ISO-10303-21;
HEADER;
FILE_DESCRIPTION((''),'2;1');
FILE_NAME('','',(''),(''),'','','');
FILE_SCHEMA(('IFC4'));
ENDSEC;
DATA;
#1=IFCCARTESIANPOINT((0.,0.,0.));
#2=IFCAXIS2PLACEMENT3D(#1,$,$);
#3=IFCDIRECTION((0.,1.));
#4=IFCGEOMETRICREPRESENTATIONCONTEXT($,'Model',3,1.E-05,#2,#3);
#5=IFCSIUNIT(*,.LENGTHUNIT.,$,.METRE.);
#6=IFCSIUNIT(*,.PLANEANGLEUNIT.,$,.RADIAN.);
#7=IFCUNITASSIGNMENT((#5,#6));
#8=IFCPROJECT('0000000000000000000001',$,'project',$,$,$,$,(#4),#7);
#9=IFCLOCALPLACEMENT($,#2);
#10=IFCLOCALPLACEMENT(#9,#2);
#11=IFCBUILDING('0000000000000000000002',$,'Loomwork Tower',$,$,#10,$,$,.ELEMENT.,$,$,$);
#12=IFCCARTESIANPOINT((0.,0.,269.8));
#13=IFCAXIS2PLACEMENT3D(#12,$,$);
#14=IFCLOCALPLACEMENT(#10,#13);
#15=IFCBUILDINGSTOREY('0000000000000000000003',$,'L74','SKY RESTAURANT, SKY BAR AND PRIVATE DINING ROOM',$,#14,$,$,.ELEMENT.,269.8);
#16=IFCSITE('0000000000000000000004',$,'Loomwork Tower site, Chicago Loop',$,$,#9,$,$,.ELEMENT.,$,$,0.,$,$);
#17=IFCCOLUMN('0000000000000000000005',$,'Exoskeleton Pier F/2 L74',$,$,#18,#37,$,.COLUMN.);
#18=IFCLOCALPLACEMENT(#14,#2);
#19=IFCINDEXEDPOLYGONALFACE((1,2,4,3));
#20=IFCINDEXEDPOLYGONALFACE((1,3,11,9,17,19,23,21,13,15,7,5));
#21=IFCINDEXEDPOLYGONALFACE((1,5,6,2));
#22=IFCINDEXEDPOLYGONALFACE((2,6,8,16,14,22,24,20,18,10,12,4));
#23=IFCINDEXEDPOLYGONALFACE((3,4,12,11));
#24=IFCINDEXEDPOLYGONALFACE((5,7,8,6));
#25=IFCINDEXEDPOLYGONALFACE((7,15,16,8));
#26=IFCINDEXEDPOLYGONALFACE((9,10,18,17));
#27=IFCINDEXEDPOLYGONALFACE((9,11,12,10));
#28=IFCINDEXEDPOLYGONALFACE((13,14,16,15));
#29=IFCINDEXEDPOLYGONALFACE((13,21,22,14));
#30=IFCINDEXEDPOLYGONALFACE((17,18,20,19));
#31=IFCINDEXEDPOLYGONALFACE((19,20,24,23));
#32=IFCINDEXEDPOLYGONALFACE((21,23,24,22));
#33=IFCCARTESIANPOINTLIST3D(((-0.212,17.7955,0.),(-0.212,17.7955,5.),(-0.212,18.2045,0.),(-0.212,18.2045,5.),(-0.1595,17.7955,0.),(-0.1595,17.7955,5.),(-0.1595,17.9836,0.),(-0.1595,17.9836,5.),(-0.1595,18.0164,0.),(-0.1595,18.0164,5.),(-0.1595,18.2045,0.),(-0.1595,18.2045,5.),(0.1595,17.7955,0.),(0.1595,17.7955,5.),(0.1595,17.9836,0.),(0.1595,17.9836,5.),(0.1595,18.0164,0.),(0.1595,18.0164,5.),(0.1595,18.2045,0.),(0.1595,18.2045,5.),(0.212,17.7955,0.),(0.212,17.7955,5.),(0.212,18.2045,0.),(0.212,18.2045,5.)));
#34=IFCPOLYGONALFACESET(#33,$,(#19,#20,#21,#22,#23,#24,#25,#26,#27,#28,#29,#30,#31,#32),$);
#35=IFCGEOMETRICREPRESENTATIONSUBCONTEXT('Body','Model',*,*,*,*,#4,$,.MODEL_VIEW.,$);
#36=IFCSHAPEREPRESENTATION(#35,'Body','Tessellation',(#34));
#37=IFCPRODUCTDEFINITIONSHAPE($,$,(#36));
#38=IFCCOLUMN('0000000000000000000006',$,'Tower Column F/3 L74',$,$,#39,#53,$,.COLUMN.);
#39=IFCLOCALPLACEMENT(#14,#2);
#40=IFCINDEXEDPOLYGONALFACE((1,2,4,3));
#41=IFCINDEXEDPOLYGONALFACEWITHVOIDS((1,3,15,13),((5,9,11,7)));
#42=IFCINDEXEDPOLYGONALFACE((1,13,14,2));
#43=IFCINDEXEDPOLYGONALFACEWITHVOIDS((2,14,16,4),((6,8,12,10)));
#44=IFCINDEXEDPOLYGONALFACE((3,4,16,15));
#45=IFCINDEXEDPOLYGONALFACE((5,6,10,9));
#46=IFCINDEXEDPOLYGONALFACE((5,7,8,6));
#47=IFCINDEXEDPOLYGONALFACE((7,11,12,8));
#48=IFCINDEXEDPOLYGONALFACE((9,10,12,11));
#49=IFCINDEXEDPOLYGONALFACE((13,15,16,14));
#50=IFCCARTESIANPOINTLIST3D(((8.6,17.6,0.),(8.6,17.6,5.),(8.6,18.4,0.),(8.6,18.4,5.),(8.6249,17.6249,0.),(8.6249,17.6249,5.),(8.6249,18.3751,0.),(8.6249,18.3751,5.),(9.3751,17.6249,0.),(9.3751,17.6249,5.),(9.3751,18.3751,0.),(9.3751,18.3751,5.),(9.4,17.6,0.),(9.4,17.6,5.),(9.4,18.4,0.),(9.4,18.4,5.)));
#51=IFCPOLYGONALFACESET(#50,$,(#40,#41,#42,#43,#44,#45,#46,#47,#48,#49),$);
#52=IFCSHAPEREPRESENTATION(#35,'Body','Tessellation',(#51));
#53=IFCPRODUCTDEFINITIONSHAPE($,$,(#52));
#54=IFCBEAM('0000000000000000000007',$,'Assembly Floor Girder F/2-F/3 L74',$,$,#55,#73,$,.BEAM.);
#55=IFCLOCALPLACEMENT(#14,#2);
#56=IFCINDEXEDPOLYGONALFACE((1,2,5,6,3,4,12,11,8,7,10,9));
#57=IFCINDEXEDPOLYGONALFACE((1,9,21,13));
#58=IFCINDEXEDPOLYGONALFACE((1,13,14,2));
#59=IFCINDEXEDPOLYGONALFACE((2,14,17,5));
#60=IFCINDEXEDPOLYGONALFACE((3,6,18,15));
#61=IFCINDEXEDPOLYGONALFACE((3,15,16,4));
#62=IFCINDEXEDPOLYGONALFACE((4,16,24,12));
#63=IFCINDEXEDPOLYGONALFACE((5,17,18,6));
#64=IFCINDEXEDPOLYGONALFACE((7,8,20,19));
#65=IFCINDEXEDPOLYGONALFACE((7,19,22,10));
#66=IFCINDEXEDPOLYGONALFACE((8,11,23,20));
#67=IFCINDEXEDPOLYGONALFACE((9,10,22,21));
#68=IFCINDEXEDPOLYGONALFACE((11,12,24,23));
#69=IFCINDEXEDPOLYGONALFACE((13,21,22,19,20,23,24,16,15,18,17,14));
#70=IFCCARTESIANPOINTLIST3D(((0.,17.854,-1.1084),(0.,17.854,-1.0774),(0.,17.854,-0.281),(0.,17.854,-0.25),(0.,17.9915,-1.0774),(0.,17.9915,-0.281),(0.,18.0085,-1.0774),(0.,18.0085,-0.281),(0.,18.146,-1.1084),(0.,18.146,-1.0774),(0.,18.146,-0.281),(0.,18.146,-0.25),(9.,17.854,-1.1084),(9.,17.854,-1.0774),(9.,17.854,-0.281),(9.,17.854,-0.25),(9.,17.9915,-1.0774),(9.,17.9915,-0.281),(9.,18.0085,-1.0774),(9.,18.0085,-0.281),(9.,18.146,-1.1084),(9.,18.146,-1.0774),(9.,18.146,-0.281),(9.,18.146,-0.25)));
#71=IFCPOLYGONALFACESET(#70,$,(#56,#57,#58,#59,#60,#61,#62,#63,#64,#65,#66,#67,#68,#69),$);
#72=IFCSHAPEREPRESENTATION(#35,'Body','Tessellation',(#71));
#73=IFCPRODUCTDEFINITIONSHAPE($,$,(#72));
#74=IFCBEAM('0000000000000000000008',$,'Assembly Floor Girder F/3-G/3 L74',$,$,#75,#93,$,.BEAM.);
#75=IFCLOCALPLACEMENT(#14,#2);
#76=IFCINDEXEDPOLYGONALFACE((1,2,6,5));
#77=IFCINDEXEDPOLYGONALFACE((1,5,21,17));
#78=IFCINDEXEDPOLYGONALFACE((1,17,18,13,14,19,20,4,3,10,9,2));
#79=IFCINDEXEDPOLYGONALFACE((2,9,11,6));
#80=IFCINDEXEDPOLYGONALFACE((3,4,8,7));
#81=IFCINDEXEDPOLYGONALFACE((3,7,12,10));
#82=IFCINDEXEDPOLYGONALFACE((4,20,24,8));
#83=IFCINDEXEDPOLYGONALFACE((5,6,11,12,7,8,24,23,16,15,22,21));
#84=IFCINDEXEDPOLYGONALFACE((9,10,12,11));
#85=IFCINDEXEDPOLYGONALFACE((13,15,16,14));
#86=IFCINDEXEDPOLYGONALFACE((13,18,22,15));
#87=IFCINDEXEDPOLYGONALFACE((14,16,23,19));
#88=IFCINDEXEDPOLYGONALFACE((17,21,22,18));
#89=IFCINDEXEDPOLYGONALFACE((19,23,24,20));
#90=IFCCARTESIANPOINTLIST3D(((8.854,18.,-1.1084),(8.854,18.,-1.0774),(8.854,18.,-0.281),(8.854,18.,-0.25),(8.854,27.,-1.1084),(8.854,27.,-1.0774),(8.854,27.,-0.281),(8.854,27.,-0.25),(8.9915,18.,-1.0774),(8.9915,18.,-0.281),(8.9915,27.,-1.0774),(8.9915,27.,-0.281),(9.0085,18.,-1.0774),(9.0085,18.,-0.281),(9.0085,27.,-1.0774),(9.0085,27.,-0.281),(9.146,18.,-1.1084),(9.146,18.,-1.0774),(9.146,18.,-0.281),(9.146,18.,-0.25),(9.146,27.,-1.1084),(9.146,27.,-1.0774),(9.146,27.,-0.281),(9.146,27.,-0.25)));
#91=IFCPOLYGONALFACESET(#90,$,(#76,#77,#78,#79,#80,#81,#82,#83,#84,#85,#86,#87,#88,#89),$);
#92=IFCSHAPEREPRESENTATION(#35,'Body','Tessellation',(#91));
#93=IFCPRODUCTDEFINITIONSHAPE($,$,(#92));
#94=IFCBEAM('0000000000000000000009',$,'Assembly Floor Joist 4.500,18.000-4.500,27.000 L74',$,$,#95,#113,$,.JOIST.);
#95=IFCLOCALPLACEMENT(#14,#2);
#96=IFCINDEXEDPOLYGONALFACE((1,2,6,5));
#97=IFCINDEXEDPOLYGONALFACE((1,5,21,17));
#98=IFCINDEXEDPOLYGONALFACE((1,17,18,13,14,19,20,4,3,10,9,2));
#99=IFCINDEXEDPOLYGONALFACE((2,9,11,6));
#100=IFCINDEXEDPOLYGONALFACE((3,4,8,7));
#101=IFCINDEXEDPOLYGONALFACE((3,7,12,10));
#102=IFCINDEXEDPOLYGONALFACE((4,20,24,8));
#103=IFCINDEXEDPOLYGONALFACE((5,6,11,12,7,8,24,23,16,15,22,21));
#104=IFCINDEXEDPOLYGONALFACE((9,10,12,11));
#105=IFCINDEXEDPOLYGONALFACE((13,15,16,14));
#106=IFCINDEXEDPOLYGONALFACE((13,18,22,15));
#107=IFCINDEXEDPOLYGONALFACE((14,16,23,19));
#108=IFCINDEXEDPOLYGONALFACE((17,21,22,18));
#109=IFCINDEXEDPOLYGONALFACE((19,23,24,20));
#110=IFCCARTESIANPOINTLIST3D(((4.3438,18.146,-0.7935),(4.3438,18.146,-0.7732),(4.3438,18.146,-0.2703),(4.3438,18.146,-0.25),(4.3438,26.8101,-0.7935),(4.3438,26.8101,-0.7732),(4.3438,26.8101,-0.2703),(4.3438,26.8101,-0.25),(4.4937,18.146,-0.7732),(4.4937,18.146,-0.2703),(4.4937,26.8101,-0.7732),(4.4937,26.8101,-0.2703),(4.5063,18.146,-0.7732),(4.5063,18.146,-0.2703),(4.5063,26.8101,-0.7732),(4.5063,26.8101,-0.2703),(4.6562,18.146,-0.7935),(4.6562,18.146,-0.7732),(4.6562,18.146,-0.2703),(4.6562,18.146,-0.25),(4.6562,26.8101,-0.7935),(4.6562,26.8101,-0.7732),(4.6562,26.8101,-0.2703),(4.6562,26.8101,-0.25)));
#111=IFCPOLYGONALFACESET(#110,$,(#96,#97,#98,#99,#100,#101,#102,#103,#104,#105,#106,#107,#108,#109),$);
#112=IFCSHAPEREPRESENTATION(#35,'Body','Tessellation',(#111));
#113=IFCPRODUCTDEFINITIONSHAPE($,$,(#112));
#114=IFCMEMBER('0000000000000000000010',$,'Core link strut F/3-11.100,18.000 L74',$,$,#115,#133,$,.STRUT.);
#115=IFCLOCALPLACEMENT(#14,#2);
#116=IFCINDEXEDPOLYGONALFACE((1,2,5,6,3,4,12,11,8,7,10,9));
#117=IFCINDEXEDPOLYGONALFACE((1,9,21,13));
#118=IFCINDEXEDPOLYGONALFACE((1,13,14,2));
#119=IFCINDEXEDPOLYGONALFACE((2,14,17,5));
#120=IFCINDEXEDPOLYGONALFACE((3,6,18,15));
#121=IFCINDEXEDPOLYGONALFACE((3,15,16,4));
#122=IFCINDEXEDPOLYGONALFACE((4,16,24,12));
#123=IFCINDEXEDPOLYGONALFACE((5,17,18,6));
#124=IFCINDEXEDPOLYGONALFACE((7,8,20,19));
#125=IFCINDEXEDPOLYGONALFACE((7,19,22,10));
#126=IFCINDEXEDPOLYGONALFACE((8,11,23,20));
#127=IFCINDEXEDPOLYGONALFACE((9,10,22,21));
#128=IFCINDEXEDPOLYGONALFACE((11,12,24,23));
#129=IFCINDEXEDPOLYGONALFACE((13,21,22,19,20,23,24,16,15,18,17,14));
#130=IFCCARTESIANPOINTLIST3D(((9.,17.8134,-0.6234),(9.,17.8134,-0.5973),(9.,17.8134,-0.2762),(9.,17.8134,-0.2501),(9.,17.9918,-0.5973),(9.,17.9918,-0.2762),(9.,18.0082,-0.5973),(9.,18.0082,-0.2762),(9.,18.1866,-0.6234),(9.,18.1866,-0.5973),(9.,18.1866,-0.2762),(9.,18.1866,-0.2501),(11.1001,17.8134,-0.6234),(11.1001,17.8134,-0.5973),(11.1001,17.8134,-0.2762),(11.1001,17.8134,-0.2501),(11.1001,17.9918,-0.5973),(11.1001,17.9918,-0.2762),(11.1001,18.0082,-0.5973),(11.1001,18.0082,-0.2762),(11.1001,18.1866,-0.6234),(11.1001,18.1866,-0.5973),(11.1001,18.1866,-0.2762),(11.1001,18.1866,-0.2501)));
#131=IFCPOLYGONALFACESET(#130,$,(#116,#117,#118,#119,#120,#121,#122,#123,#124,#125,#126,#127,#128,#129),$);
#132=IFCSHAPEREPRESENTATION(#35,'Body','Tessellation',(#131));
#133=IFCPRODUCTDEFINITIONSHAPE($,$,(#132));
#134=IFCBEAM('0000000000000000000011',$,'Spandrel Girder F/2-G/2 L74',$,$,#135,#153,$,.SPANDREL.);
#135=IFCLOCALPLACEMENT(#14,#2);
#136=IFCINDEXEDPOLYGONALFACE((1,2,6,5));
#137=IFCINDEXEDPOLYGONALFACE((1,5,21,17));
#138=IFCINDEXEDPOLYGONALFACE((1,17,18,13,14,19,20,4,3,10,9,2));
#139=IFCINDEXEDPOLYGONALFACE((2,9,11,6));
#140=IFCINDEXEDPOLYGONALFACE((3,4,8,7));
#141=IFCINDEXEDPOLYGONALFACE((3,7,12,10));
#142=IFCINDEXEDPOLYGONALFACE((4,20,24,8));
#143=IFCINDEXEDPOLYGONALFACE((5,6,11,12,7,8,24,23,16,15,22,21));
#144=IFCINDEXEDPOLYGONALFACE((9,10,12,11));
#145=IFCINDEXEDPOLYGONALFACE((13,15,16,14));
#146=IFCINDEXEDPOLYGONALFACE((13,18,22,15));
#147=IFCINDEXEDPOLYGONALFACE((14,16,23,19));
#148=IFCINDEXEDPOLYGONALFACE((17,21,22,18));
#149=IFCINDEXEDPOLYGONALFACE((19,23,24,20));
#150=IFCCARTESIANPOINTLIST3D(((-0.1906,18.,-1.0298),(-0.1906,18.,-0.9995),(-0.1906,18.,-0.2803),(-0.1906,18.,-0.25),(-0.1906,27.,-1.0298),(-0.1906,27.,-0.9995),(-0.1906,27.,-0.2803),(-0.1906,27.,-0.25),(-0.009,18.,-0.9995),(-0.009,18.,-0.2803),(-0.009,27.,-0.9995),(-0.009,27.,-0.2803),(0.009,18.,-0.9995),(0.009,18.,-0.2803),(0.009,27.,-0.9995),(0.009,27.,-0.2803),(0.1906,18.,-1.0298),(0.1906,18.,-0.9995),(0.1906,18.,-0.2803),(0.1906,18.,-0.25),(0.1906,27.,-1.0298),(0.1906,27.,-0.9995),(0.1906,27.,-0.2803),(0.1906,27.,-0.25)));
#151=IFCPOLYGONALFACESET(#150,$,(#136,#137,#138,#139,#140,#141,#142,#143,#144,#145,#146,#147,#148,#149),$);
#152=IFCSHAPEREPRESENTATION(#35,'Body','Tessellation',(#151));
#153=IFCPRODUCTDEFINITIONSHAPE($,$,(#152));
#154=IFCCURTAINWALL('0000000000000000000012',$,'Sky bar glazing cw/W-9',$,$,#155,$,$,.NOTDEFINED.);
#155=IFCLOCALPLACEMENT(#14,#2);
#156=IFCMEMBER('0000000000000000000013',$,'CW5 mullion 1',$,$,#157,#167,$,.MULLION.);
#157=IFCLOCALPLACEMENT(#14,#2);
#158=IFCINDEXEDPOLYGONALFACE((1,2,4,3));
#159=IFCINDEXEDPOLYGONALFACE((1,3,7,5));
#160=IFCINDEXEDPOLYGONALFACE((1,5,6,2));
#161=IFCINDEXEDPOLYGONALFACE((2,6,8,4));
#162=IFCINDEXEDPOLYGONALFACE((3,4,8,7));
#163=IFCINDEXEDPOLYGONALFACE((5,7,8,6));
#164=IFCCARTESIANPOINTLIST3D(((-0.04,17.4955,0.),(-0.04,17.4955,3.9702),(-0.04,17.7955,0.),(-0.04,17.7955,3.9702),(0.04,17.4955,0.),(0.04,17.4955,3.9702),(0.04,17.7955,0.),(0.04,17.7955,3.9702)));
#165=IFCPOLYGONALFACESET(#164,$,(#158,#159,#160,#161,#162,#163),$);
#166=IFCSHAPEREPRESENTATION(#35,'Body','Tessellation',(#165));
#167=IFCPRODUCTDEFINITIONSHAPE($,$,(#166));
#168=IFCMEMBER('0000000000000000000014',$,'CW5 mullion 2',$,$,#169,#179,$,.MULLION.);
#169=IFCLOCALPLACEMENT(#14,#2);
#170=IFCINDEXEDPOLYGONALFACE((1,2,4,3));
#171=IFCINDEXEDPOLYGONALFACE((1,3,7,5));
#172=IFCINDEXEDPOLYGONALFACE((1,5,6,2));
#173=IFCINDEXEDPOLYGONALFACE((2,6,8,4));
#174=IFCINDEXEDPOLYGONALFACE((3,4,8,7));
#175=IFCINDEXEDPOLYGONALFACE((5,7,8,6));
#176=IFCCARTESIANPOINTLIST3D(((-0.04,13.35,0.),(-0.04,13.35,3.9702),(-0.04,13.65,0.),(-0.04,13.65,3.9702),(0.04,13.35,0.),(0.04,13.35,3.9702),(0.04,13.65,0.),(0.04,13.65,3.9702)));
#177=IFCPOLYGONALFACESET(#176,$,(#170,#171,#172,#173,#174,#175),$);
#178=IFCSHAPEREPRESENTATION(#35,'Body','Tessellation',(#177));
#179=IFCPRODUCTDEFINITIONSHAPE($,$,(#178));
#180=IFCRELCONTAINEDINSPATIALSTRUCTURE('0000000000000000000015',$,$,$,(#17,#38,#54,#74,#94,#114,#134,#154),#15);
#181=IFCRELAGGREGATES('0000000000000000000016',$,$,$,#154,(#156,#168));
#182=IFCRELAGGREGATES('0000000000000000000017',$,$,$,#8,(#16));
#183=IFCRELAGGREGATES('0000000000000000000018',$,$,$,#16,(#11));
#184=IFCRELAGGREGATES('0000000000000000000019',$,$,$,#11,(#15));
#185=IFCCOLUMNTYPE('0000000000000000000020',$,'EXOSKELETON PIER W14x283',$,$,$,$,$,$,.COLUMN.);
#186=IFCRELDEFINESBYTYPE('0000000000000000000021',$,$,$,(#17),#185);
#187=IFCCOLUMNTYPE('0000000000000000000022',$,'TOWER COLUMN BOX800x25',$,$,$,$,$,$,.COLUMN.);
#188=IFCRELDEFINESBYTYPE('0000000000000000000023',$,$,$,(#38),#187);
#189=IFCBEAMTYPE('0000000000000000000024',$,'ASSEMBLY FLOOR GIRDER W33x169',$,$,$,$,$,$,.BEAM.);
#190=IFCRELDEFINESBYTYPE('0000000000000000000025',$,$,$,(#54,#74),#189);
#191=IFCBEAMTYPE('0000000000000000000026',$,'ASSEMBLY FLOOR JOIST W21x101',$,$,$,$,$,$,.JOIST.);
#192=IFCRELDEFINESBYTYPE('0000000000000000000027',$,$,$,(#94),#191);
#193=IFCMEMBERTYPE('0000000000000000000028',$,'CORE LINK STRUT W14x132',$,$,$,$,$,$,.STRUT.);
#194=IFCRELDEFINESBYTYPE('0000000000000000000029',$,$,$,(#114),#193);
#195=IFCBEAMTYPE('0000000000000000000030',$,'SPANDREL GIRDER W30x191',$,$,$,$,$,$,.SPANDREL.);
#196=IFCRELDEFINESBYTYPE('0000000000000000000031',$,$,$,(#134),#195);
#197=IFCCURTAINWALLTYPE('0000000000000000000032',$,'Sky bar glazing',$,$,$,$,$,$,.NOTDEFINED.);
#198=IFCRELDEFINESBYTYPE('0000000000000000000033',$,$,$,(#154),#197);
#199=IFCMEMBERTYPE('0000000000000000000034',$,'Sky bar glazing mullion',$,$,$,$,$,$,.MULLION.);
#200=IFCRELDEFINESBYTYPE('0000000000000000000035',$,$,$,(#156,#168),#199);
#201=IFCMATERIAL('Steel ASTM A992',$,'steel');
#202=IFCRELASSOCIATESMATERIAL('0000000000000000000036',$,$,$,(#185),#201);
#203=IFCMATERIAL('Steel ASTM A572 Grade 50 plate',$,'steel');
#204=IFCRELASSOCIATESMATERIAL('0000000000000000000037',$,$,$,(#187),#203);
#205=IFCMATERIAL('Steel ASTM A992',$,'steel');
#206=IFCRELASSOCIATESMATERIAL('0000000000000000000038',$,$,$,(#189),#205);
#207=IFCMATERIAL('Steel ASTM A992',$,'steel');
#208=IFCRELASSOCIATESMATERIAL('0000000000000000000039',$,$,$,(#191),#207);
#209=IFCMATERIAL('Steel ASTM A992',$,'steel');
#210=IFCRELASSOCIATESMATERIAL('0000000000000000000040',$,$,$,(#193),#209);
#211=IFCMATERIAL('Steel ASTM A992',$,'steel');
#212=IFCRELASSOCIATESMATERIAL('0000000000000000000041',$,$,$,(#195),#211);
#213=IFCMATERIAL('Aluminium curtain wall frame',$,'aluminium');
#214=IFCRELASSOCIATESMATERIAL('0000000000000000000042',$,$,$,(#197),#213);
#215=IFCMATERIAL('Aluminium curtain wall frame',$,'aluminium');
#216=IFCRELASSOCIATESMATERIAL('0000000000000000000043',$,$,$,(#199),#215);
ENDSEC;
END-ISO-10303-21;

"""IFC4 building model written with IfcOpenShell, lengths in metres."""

from ifc_helpers import new_model, si_unit, direction, frame, origin, origin_2d, place, context, subcontext, project, spatial, rectangle, hollow_rectangle, i_section, extrude, material, material_profile, profile_set, type_object, element, aggregate, save


model = new_model("IFC4")

# Units and contexts
model_context = context("Model", 3, precision=1e-05, world=origin(), true_north=direction((0.0, 1.0)))
body_context = subcontext(model_context, "Body", "Model", "MODEL_VIEW")
ifc_project = project(units=[si_unit("LENGTHUNIT", "METRE"), si_unit("PLANEANGLEUNIT", "RADIAN")], contexts=[model_context])

# Site, building, storey
site_placement = place(None, origin())
site = spatial("IfcSite", under=ifc_project, at=site_placement, Name="Loomwork Tower site, Chicago Loop", CompositionType="ELEMENT", RefElevation=0.0)
building_placement = place(site_placement, origin())
building = spatial("IfcBuilding", under=site, at=building_placement, Name="Loomwork Tower", CompositionType="ELEMENT")
storey_placement = place(building_placement, frame((0.0, 0.0, 269.8)))
storey = spatial("IfcBuildingStorey", under=building, at=storey_placement, Name="L74", Description="SKY RESTAURANT, SKY BAR AND PRIVATE DINING ROOM", CompositionType="ELEMENT", Elevation=269.8)

# Columns
ifc_material_1 = material(Name="Steel ASTM A992", Category="steel")
ifc_material_profile_1 = material_profile(ifc_material_1, i_section(OverallWidth=0.4089, OverallDepth=0.4241, WebThickness=0.0327, FlangeThickness=0.0525, at=origin_2d()), Name="W14x283")
ifc_profile_set_1 = profile_set([ifc_material_profile_1], Name="Steel ASTM A992")
column_type_1 = type_object("IfcColumnType", Name="EXOSKELETON PIER W14x283", PredefinedType="COLUMN", material=ifc_profile_set_1)
column_1_placement = place(storey_placement, frame((0.0, 18.0, 0.0), z_axis=(0.0, 0.0, 1.0), x_axis=(0.0, 1.0, 0.0)))
element("IfcColumn", 1, at=column_1_placement, inside=storey, type_object=column_type_1, Name="Exoskeleton Pier F/2 L74", PredefinedType="COLUMN", context=body_context, shape_type="SweptSolid", body=[
    extrude(i_section(OverallWidth=0.4089, OverallDepth=0.4241, WebThickness=0.0327, FlangeThickness=0.0525, at=origin_2d()), origin(), (0.0, 0.0, 1.0), 5.0),
])
ifc_material_2 = material(Name="Steel ASTM A572 Grade 50 plate", Category="steel")
ifc_material_profile_2 = material_profile(ifc_material_2, hollow_rectangle(XDim=0.8, YDim=0.8, WallThickness=0.0249, at=origin_2d()), Name="BOX800x25")
ifc_profile_set_2 = profile_set([ifc_material_profile_2], Name="Steel ASTM A572 Grade 50 plate")
column_type_2 = type_object("IfcColumnType", Name="TOWER COLUMN BOX800x25", PredefinedType="COLUMN", material=ifc_profile_set_2)
column_2_placement = place(storey_placement, frame((9.0, 18.0, 0.0), z_axis=(0.0, 0.0, 1.0), x_axis=(1.0, 0.0, 0.0)))
element("IfcColumn", 2, at=column_2_placement, inside=storey, type_object=column_type_2, Name="Tower Column F/3 L74", PredefinedType="COLUMN", context=body_context, shape_type="SweptSolid", body=[
    extrude(hollow_rectangle(XDim=0.8, YDim=0.8, WallThickness=0.0249, at=origin_2d()), origin(), (0.0, 0.0, 1.0), 5.0),
])

# Beams
ifc_material_3 = material(Name="Steel ASTM A992", Category="steel")
ifc_material_profile_3 = material_profile(ifc_material_3, i_section(OverallWidth=0.292, OverallDepth=0.8584, WebThickness=0.0171, FlangeThickness=0.031, at=origin_2d()), Name="W33x169")
ifc_profile_set_3 = profile_set([ifc_material_profile_3], Name="Steel ASTM A992")
beam_type_1 = type_object("IfcBeamType", Name="ASSEMBLY FLOOR GIRDER W33x169", PredefinedType="BEAM", material=ifc_profile_set_3)
for number, where, z_axis, x_axis, name in (
    (3, (0.0, 18.0, -0.6792), (1.0, 0.0, 0.0), (0.0, 1.0, 0.0), "Assembly Floor Girder F/2-F/3 L74"),
    (4, (9.0, 18.0, -0.6792), (0.0, 1.0, 0.0), (-1.0, 0.0, 0.0), "Assembly Floor Girder F/3-G/3 L74"),
):
    element("IfcBeam", number, at=place(storey_placement, frame(where, z_axis=z_axis, x_axis=x_axis)), inside=storey, type_object=beam_type_1, Name=name, PredefinedType="BEAM", context=body_context, shape_type="SweptSolid", body=[
        extrude(i_section(OverallWidth=0.292, OverallDepth=0.8584, WebThickness=0.0171, FlangeThickness=0.031, at=origin_2d()), origin(), (0.0, 0.0, 1.0), 9.0),
    ])
ifc_material_4 = material(Name="Steel ASTM A992", Category="steel")
ifc_material_profile_4 = material_profile(ifc_material_4, i_section(OverallWidth=0.3125, OverallDepth=0.5435, WebThickness=0.0127, FlangeThickness=0.0203, at=origin_2d()), Name="W21x101")
ifc_profile_set_4 = profile_set([ifc_material_profile_4], Name="Steel ASTM A992")
beam_type_2 = type_object("IfcBeamType", Name="ASSEMBLY FLOOR JOIST W21x101", PredefinedType="JOIST", material=ifc_profile_set_4)
beam_1_placement = place(storey_placement, frame((4.5, 18.146, -0.5217), z_axis=(0.0, 1.0, 0.0), x_axis=(-1.0, 0.0, 0.0)))
element("IfcBeam", 5, at=beam_1_placement, inside=storey, type_object=beam_type_2, Name="Assembly Floor Joist 4.500,18.000-4.500,27.000 L74", PredefinedType="JOIST", context=body_context, shape_type="SweptSolid", body=[
    extrude(i_section(OverallWidth=0.3125, OverallDepth=0.5435, WebThickness=0.0127, FlangeThickness=0.0203, at=origin_2d()), origin(), (0.0, 0.0, 1.0), 8.6641),
])

# Member
ifc_material_5 = material(Name="Steel ASTM A992", Category="steel")
ifc_material_profile_5 = material_profile(ifc_material_5, i_section(OverallWidth=0.3733, OverallDepth=0.3733, WebThickness=0.0164, FlangeThickness=0.0261, at=origin_2d()), Name="W14x132")
ifc_profile_set_5 = profile_set([ifc_material_profile_5], Name="Steel ASTM A992")
member_type_1 = type_object("IfcMemberType", Name="CORE LINK STRUT W14x132", PredefinedType="STRUT", material=ifc_profile_set_5)
member_1_placement = place(storey_placement, frame((9.0, 18.0, -0.4368), z_axis=(1.0, 0.0, 0.0), x_axis=(0.0, 1.0, 0.0)))
element("IfcMember", 6, at=member_1_placement, inside=storey, type_object=member_type_1, Name="Core link strut F/3-11.100,18.000 L74", PredefinedType="STRUT", context=body_context, shape_type="SweptSolid", body=[
    extrude(i_section(OverallWidth=0.3733, OverallDepth=0.3733, WebThickness=0.0164, FlangeThickness=0.0261, at=origin_2d()), origin(), (0.0, 0.0, 1.0), 2.1001),
])

# Beam
ifc_material_6 = material(Name="Steel ASTM A992", Category="steel")
ifc_material_profile_6 = material_profile(ifc_material_6, i_section(OverallWidth=0.3811, OverallDepth=0.7798, WebThickness=0.0181, FlangeThickness=0.0303, at=origin_2d()), Name="W30x191")
ifc_profile_set_6 = profile_set([ifc_material_profile_6], Name="Steel ASTM A992")
beam_type_3 = type_object("IfcBeamType", Name="SPANDREL GIRDER W30x191", PredefinedType="SPANDREL", material=ifc_profile_set_6)
beam_2_placement = place(storey_placement, frame((0.0, 18.0, -0.6399), z_axis=(0.0, 1.0, 0.0), x_axis=(-1.0, 0.0, 0.0)))
element("IfcBeam", 7, at=beam_2_placement, inside=storey, type_object=beam_type_3, Name="Spandrel Girder F/2-G/2 L74", PredefinedType="SPANDREL", context=body_context, shape_type="SweptSolid", body=[
    extrude(i_section(OverallWidth=0.3811, OverallDepth=0.7798, WebThickness=0.0181, FlangeThickness=0.0303, at=origin_2d()), origin(), (0.0, 0.0, 1.0), 9.0),
])

# Curtain wall, members
ifc_material_7 = material(Name="Aluminium curtain wall frame", Category="aluminium")
curtain_wall_type = type_object("IfcCurtainWallType", Name="Sky bar glazing", PredefinedType="NOTDEFINED", material=ifc_material_7)
curtain_wall_1_placement = place(storey_placement, origin())
curtain_wall_1 = element("IfcCurtainWall", 8, at=curtain_wall_1_placement, inside=storey, type_object=curtain_wall_type, Name="Sky bar glazing cw/W-9", PredefinedType="NOTDEFINED")
ifc_material_8 = material(Name="Aluminium curtain wall frame", Category="aluminium")
ifc_material_profile_7 = material_profile(ifc_material_8, rectangle(XDim=0.0801, YDim=0.3, at=origin_2d()), Name="AL 80x300")
ifc_profile_set_7 = profile_set([ifc_material_profile_7], Name="Aluminium curtain wall frame")
member_type_2 = type_object("IfcMemberType", Name="Sky bar glazing mullion", PredefinedType="MULLION", material=ifc_profile_set_7)
member_2_placement = place(storey_placement, frame((0.0, 17.6455, 0.0), z_axis=(0.0, 0.0, 1.0), x_axis=(1.0, 0.0, 0.0)))
member_2 = element("IfcMember", 9, at=member_2_placement, type_object=member_type_2, Name="CW5 mullion 1", PredefinedType="MULLION", context=body_context, shape_type="SweptSolid", body=[
    extrude(rectangle(XDim=0.0801, YDim=0.3, at=origin_2d()), origin(), (0.0, 0.0, 1.0), 3.9702),
])
member_3_placement = place(storey_placement, frame((0.0, 13.5, 0.0), z_axis=(0.0, 0.0, 1.0), x_axis=(1.0, 0.0, 0.0)))
member_3 = element("IfcMember", 10, at=member_3_placement, type_object=member_type_2, Name="CW5 mullion 2", PredefinedType="MULLION", context=body_context, shape_type="SweptSolid", body=[
    extrude(rectangle(XDim=0.0801, YDim=0.3, at=origin_2d()), origin(), (0.0, 0.0, 1.0), 3.9702),
])

aggregate(curtain_wall_1, [member_2, member_3])

save(model, "model.ifc")
